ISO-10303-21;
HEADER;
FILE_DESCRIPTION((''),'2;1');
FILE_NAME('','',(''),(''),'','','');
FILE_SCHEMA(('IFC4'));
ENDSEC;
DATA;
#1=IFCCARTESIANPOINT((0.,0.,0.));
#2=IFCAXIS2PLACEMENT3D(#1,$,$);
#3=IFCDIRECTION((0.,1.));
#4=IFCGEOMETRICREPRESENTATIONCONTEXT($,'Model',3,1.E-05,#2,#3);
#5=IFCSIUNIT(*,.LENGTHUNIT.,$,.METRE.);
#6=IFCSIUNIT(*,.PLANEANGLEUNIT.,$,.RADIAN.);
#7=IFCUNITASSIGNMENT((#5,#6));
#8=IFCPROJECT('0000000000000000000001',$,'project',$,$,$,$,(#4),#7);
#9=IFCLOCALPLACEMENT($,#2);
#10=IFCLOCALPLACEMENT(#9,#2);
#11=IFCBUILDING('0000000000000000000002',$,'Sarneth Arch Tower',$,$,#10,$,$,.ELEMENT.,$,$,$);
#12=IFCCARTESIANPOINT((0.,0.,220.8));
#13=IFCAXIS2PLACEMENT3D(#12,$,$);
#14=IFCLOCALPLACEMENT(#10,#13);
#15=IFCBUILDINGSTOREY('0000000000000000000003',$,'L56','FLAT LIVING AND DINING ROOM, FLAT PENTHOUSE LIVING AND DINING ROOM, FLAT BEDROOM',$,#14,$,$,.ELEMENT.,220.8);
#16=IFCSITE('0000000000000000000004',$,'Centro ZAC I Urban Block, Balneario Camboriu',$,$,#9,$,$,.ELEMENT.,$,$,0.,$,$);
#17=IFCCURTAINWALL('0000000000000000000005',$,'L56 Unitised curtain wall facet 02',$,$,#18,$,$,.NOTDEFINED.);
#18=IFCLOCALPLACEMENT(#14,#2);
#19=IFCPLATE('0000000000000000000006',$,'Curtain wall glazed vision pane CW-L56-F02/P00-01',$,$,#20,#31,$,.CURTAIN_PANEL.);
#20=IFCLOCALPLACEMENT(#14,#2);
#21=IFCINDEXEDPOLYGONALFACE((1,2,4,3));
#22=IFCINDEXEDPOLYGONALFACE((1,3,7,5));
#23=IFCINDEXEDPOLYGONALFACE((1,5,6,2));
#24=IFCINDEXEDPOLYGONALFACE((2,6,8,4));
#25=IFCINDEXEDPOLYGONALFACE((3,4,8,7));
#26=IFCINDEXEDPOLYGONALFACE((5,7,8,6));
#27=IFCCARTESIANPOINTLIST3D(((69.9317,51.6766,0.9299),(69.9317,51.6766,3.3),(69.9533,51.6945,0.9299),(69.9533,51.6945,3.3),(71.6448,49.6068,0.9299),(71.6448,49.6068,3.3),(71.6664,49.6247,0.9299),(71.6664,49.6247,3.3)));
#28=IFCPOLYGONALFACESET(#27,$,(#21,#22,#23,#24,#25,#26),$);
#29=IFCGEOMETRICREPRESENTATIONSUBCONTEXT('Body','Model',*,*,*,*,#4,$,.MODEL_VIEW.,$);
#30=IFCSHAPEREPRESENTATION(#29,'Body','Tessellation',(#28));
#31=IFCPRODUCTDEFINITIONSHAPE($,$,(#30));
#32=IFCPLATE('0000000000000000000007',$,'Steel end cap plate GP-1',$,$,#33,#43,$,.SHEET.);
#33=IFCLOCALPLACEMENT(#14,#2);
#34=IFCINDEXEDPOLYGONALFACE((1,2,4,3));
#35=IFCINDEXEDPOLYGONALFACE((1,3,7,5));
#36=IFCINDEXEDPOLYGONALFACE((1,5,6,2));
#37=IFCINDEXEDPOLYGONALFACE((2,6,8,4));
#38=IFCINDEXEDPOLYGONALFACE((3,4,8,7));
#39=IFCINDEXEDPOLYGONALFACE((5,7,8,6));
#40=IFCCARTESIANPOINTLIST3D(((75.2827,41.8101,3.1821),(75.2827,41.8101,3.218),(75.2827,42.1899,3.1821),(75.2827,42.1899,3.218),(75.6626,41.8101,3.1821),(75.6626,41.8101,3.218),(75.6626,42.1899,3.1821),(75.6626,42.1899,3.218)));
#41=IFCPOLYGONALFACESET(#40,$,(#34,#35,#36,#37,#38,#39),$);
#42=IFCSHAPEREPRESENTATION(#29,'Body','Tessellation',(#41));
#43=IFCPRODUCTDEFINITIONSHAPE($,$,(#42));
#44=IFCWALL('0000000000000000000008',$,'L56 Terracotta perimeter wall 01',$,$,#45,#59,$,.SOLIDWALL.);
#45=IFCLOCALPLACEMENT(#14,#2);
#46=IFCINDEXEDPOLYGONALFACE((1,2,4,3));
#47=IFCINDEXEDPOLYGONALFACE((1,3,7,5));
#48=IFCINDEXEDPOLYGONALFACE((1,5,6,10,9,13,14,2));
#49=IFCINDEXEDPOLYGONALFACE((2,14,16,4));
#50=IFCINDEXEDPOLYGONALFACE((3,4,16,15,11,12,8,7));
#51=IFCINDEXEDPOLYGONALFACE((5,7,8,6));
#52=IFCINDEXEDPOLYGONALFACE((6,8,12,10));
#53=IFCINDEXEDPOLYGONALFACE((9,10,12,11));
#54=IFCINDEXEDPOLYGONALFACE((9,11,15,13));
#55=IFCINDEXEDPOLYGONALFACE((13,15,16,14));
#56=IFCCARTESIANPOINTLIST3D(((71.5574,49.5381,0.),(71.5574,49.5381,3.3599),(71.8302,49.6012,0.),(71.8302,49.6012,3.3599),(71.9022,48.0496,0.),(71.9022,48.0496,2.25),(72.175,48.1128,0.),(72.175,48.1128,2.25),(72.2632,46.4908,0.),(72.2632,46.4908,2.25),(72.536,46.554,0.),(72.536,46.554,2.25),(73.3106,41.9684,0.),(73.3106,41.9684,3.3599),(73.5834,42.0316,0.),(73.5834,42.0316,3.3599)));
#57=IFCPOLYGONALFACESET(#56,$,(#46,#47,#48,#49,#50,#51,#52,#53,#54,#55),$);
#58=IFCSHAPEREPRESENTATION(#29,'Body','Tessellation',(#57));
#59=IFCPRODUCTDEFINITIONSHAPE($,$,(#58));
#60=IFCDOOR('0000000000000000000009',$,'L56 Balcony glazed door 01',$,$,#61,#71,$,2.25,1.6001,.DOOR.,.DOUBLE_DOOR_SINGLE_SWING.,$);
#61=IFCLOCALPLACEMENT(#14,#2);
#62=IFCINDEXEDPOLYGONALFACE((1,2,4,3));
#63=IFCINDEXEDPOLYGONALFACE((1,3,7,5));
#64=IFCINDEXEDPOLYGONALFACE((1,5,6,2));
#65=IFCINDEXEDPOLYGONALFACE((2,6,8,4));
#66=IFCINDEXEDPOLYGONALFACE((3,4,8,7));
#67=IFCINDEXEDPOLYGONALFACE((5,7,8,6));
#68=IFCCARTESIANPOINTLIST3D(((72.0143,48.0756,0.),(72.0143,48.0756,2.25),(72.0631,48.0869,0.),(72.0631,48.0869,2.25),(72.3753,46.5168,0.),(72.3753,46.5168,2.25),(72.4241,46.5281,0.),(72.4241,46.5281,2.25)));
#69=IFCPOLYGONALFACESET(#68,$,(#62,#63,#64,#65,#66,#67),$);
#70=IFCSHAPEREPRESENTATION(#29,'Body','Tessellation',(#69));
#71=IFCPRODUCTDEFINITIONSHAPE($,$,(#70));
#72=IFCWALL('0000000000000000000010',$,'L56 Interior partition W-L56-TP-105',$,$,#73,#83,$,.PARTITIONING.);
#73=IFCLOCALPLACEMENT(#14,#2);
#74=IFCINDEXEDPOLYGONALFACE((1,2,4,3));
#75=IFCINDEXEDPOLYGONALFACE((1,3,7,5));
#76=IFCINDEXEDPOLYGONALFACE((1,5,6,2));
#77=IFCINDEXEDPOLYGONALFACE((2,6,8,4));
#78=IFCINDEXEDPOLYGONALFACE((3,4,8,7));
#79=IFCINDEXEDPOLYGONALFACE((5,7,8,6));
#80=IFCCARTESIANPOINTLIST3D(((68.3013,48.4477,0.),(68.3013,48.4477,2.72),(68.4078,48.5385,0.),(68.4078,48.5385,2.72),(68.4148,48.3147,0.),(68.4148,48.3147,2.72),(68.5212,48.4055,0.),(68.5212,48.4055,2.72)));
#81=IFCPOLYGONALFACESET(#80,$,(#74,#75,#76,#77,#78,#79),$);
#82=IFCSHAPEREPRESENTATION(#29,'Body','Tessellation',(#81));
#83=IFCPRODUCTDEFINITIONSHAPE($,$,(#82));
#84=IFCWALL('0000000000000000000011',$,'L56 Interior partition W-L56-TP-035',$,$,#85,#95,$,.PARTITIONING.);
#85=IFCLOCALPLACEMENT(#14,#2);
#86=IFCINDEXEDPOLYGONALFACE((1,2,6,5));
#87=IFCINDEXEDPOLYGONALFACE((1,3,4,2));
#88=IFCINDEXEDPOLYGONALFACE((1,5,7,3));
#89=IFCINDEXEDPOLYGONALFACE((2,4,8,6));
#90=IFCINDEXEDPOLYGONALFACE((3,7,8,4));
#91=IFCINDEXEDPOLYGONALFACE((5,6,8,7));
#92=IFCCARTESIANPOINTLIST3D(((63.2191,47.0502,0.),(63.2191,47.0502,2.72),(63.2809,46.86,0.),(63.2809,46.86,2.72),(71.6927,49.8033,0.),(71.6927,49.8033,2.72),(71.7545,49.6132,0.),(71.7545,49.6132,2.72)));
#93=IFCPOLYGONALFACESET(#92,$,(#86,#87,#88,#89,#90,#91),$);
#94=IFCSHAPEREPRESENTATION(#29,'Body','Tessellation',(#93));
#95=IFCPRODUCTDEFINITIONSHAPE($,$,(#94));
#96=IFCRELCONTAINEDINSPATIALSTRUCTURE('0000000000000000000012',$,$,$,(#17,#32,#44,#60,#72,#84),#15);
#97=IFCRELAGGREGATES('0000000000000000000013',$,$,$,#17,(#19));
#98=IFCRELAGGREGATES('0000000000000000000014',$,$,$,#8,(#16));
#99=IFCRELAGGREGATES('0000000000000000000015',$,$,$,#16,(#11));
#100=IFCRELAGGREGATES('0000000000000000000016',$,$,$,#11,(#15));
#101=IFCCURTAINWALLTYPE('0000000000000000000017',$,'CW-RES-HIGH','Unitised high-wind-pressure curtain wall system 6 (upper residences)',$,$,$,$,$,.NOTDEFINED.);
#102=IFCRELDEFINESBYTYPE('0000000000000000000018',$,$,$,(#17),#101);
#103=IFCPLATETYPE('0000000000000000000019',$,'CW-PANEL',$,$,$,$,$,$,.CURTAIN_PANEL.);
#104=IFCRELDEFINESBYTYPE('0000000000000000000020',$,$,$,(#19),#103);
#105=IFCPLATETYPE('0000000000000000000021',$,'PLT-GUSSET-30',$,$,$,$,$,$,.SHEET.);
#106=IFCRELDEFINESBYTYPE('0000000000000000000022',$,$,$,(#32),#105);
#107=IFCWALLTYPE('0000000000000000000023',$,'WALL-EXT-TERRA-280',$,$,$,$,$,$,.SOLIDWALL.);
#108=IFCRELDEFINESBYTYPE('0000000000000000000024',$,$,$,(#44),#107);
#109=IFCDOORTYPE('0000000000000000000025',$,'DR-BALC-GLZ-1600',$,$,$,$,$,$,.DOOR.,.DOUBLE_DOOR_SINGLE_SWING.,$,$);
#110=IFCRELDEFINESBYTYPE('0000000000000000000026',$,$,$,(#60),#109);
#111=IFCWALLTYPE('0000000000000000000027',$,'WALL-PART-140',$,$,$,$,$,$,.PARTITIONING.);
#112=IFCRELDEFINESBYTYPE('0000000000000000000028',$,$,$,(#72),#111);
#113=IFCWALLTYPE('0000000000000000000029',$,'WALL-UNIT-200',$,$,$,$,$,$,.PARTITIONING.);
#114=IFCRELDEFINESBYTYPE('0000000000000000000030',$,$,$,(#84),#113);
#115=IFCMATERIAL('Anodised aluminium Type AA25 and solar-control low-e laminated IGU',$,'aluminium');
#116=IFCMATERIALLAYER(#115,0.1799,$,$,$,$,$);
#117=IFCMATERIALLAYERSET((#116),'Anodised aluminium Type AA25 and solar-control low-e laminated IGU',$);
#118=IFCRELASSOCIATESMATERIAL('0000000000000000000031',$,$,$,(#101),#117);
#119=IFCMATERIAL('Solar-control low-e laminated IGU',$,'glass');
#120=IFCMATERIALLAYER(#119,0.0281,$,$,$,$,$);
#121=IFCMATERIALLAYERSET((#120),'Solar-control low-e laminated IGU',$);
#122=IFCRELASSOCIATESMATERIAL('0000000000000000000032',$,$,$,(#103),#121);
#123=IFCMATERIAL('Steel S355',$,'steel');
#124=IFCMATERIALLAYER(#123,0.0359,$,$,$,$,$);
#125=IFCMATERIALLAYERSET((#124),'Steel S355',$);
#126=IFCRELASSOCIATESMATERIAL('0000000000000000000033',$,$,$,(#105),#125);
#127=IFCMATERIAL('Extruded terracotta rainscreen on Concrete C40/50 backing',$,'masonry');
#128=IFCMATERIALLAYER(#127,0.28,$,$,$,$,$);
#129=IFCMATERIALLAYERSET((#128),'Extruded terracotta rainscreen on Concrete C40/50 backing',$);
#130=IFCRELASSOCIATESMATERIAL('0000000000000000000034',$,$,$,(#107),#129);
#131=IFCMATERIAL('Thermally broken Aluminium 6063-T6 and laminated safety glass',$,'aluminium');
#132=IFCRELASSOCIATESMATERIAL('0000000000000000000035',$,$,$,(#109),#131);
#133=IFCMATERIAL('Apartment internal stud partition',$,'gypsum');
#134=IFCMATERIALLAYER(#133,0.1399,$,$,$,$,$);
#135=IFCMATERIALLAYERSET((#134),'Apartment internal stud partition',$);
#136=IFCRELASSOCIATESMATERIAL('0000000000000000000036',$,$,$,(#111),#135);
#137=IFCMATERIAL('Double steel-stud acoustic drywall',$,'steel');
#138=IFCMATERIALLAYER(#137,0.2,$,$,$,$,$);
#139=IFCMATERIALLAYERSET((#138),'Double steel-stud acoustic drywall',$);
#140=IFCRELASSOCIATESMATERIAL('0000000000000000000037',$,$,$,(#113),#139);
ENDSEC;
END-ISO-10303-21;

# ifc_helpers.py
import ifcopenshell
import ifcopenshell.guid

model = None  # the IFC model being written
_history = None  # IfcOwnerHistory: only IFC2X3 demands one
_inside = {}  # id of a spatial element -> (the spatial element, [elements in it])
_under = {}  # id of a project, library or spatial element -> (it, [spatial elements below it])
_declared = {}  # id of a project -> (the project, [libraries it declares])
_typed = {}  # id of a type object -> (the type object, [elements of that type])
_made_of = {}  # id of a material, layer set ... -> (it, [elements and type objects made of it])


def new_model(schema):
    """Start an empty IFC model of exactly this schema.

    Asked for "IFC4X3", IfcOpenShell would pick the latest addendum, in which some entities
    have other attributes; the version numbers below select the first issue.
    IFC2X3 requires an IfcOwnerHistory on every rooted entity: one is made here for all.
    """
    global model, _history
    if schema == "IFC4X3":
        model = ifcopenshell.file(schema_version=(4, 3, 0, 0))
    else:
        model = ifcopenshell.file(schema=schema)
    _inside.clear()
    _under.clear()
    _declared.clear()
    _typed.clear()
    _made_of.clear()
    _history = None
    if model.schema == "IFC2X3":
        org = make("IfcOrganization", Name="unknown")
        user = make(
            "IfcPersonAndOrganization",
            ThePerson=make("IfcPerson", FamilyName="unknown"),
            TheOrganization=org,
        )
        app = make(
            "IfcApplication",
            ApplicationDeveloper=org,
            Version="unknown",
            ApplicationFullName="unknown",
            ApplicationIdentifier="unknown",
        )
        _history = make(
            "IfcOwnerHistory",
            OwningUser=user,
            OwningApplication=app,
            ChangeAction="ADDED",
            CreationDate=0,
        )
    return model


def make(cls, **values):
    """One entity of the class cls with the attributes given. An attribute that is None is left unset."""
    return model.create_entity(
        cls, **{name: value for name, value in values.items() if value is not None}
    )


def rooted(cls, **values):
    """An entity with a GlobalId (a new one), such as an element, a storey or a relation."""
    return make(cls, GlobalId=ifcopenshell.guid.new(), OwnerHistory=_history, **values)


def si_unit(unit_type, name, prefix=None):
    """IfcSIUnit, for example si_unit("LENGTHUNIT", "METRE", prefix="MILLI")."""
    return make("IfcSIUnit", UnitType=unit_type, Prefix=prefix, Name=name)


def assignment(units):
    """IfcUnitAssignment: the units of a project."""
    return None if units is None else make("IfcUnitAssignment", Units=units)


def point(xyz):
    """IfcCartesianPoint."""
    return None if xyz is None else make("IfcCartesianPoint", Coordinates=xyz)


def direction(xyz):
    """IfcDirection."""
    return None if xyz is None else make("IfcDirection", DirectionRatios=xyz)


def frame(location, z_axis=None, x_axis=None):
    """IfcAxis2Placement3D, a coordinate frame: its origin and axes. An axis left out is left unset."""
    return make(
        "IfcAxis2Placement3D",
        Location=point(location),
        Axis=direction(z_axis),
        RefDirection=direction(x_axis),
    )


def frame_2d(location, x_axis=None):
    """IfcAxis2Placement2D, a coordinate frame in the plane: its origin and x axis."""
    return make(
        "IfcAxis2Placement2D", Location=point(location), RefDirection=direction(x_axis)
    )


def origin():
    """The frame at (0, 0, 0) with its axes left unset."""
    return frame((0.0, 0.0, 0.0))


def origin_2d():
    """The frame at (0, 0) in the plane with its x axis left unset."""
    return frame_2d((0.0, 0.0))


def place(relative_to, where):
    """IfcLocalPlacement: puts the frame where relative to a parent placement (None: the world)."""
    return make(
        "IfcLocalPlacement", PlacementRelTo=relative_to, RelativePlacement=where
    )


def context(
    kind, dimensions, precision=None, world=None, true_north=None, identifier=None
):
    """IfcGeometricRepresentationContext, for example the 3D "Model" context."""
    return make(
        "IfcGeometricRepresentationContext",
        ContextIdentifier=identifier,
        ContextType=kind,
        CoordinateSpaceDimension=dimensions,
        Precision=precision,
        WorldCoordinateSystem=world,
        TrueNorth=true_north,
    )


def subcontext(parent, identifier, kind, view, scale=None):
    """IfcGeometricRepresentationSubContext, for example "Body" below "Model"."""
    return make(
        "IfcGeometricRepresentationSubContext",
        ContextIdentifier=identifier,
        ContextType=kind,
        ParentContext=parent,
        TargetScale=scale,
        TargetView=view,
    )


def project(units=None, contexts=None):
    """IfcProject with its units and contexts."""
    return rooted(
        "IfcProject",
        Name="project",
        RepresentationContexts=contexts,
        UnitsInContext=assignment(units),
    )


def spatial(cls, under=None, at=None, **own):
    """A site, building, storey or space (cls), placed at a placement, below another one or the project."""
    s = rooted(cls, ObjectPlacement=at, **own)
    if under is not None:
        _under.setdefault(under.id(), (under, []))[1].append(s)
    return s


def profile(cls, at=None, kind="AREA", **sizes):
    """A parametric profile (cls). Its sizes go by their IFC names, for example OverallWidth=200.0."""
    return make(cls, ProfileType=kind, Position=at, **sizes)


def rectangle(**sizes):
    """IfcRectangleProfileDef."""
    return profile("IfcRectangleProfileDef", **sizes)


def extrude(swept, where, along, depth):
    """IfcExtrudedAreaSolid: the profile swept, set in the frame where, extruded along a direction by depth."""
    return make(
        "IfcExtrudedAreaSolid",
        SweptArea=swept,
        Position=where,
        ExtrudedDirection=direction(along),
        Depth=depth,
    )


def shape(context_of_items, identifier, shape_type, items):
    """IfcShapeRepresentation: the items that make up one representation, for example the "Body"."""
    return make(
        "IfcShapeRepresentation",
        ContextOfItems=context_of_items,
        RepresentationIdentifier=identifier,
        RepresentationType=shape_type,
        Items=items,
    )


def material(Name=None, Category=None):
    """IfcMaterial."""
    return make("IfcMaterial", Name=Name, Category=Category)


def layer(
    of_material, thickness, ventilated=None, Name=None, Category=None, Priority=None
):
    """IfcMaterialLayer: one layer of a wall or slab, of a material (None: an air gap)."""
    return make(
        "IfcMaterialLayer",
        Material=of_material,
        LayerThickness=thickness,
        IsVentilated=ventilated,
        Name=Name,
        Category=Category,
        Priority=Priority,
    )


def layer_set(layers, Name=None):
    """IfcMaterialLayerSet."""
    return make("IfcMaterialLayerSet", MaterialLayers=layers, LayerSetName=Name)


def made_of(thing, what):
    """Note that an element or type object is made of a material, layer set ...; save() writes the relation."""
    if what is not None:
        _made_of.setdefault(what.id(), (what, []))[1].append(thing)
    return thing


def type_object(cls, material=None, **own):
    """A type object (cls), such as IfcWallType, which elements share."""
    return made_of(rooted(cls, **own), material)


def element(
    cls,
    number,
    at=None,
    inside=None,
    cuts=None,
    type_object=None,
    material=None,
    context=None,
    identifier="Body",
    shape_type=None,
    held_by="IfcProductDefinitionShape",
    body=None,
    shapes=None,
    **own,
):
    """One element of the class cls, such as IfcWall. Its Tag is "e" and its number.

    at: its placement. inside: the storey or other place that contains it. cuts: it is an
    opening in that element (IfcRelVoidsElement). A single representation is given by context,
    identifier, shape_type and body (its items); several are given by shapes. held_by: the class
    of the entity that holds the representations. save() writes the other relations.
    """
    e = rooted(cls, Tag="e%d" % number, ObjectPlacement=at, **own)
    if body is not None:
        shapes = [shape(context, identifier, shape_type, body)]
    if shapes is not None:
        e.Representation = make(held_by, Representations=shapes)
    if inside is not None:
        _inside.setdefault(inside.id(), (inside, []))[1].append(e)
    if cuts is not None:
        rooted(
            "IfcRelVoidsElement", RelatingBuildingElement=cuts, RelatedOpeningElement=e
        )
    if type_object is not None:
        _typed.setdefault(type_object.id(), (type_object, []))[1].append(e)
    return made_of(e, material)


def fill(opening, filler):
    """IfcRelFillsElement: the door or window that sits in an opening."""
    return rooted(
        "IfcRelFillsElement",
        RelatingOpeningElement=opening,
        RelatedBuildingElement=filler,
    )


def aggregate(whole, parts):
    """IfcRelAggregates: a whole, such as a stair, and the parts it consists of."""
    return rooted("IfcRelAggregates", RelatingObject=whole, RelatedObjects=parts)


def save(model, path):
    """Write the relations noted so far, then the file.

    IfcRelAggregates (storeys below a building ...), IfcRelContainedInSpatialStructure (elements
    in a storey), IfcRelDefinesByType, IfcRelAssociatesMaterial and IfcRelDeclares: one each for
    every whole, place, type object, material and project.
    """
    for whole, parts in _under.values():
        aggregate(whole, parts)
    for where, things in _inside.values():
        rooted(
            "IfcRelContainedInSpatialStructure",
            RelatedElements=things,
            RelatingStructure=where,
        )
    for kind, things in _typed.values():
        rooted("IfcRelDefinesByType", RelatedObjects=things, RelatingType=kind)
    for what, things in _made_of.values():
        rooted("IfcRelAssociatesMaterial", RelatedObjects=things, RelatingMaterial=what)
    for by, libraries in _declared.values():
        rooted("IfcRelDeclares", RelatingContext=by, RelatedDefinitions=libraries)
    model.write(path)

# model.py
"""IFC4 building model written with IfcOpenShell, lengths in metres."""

from ifc_helpers import new_model, si_unit, direction, frame, frame_2d, origin, origin_2d, place, context, subcontext, project, spatial, rectangle, extrude, material, layer, layer_set, type_object, element, fill, aggregate, save


model = new_model("IFC4")

# Units and contexts
model_context = context("Model", 3, precision=1e-05, world=origin(), true_north=direction((0.0, 1.0)))
body_context = subcontext(model_context, "Body", "Model", "MODEL_VIEW")
ifc_project = project(units=[si_unit("LENGTHUNIT", "METRE"), si_unit("PLANEANGLEUNIT", "RADIAN")], contexts=[model_context])

# Site, building, storey
site_placement = place(None, origin())
site = spatial("IfcSite", under=ifc_project, at=site_placement, Name="Centro ZAC I Urban Block, Balneario Camboriu", CompositionType="ELEMENT", RefElevation=0.0)
building_placement = place(site_placement, origin())
building = spatial("IfcBuilding", under=site, at=building_placement, Name="Sarneth Arch Tower", CompositionType="ELEMENT")
storey_placement = place(building_placement, frame((0.0, 0.0, 220.8)))
storey = spatial("IfcBuildingStorey", under=building, at=storey_placement, Name="L56", Description="FLAT LIVING AND DINING ROOM, FLAT PENTHOUSE LIVING AND DINING ROOM, FLAT BEDROOM", CompositionType="ELEMENT", Elevation=220.8)

# Curtain wall
ifc_material_1 = material(Name="Anodised aluminium Type AA25 and solar-control low-e laminated IGU", Category="aluminium")
ifc_layer_1 = layer(ifc_material_1, 0.1799)
ifc_layer_set_1 = layer_set([ifc_layer_1], Name="Anodised aluminium Type AA25 and solar-control low-e laminated IGU")
curtain_wall_type = type_object("IfcCurtainWallType", Name="CW-RES-HIGH", Description="Unitised high-wind-pressure curtain wall system 6 (upper residences)", PredefinedType="NOTDEFINED", material=ifc_layer_set_1)
curtain_wall_placement = place(storey_placement, origin())
curtain_wall = element("IfcCurtainWall", 1, at=curtain_wall_placement, inside=storey, type_object=curtain_wall_type, Name="L56 Unitised curtain wall facet 02", PredefinedType="NOTDEFINED")

# Plates
ifc_material_2 = material(Name="Solar-control low-e laminated IGU", Category="glass")
ifc_layer_2 = layer(ifc_material_2, 0.0281)
ifc_layer_set_2 = layer_set([ifc_layer_2], Name="Solar-control low-e laminated IGU")
plate_type_1 = type_object("IfcPlateType", Name="CW-PANEL", PredefinedType="CURTAIN_PANEL", material=ifc_layer_set_2)
plate_1_placement = place(storey_placement, frame((70.7991, 50.6506, 0.9299), z_axis=(0.0, 0.0, 1.0), x_axis=(-0.63761, 0.770359, 0.0)))
plate_1 = element("IfcPlate", 2, at=plate_1_placement, type_object=plate_type_1, Name="Curtain wall glazed vision pane CW-L56-F02/P00-01", PredefinedType="CURTAIN_PANEL", context=body_context, shape_type="SweptSolid", body=[
    extrude(rectangle(XDim=2.6868, YDim=0.0281, at=origin_2d()), origin(), (0.0, 0.0, 1.0), 2.3701),
])
aggregate(curtain_wall, [plate_1])
ifc_material_3 = material(Name="Steel S355", Category="steel")
ifc_layer_3 = layer(ifc_material_3, 0.0359)
ifc_layer_set_3 = layer_set([ifc_layer_3], Name="Steel S355")
plate_type_2 = type_object("IfcPlateType", Name="PLT-GUSSET-30", PredefinedType="SHEET", material=ifc_layer_set_3)
plate_2_placement = place(storey_placement, frame((75.4727, 42.0, 3.1821), z_axis=(0.0, 0.0, 1.0), x_axis=(1.0, 0.0, 0.0)))
element("IfcPlate", 3, at=plate_2_placement, inside=storey, type_object=plate_type_2, Name="Steel end cap plate GP-1", PredefinedType="SHEET", context=body_context, shape_type="SweptSolid", body=[
    extrude(rectangle(XDim=0.3799, YDim=0.3799, at=origin_2d()), origin(), (0.0, 0.0, 1.0), 0.0359),
])

# Wall, opening, door
ifc_material_4 = material(Name="Extruded terracotta rainscreen on Concrete C40/50 backing", Category="masonry")
ifc_layer_4 = layer(ifc_material_4, 0.28)
ifc_layer_set_4 = layer_set([ifc_layer_4], Name="Extruded terracotta rainscreen on Concrete C40/50 backing")
wall_type_1 = type_object("IfcWallType", Name="WALL-EXT-TERRA-280", PredefinedType="SOLIDWALL", material=ifc_layer_set_4)
wall_1_placement = place(storey_placement, frame((73.447, 42.0, 0.0), z_axis=(0.0, 0.0, 1.0), x_axis=(-0.225635, 0.974212, 0.0)))
wall_1 = element("IfcWall", 4, at=wall_1_placement, inside=storey, type_object=wall_type_1, Name="L56 Terracotta perimeter wall 01", PredefinedType="SOLIDWALL", context=body_context, shape_type="SweptSolid", body=[
    extrude(rectangle(XDim=7.77, YDim=0.28, at=frame_2d((3.885, 0.0))), origin(), (0.0, 0.0, 1.0), 3.3599),
])
opening_placement = place(wall_1_placement, frame((4.6421, 0.0, 0.0)))
opening = element("IfcOpeningElement", 5, at=opening_placement, cuts=wall_1, PredefinedType="OPENING", context=body_context, shape_type="SweptSolid", body=[
    extrude(rectangle(XDim=1.6001, YDim=2.25, at=frame_2d((0.8, 1.125))), frame((0.0, 0.1499, 0.0), z_axis=(0.0, -1.0, 0.0), x_axis=(1.0, 0.0, 0.0)), (0.0, 0.0, 1.0), 0.3),
])
ifc_material_5 = material(Name="Thermally broken Aluminium 6063-T6 and laminated safety glass", Category="aluminium")
door_type = type_object("IfcDoorType", Name="DR-BALC-GLZ-1600", OperationType="DOUBLE_DOOR_SINGLE_SWING", PredefinedType="DOOR", material=ifc_material_5)
door_placement = place(opening_placement, origin())
door = element("IfcDoor", 6, at=door_placement, inside=storey, type_object=door_type, Name="L56 Balcony glazed door 01", OperationType="DOUBLE_DOOR_SINGLE_SWING", OverallHeight=2.25, OverallWidth=1.6001, PredefinedType="DOOR", context=body_context, shape_type="SweptSolid", body=[
    extrude(rectangle(XDim=1.6001, YDim=2.25, at=frame_2d((0.8, 1.125))), frame((0.0, 0.0249, 0.0), z_axis=(0.0, -1.0, 0.0), x_axis=(1.0, 0.0, 0.0)), (0.0, 0.0, 1.0), 0.05),
])
fill(opening, door)

# Walls
ifc_material_6 = material(Name="Apartment internal stud partition", Category="gypsum")
ifc_layer_5 = layer(ifc_material_6, 0.1399)
ifc_layer_set_5 = layer_set([ifc_layer_5], Name="Apartment internal stud partition")
wall_type_2 = type_object("IfcWallType", Name="WALL-PART-140", PredefinedType="PARTITIONING", material=ifc_layer_set_5)
wall_2_placement = place(storey_placement, frame((68.468, 48.3601, 0.0), z_axis=(0.0, 0.0, 1.0), x_axis=(-0.649065, 0.760733, 0.0)))
element("IfcWall", 7, at=wall_2_placement, inside=storey, type_object=wall_type_2, Name="L56 Interior partition W-L56-TP-105", PredefinedType="PARTITIONING", context=body_context, shape_type="SweptSolid", body=[
    extrude(rectangle(XDim=0.1748, YDim=0.1399, at=frame_2d((0.0874, 0.0))), origin(), (0.0, 0.0, 1.0), 2.72),
])
ifc_material_7 = material(Name="Double steel-stud acoustic drywall", Category="steel")
ifc_layer_6 = layer(ifc_material_7, 0.2)
ifc_layer_set_6 = layer_set([ifc_layer_6], Name="Double steel-stud acoustic drywall")
wall_type_3 = type_object("IfcWallType", Name="WALL-UNIT-200", PredefinedType="PARTITIONING", material=ifc_layer_set_6)
wall_3_placement = place(storey_placement, frame((63.25, 46.9551, 0.0), z_axis=(0.0, 0.0, 1.0), x_axis=(0.951059, 0.309009, 0.0)))
element("IfcWall", 8, at=wall_3_placement, inside=storey, type_object=wall_type_3, Name="L56 Interior partition W-L56-TP-035", PredefinedType="PARTITIONING", context=body_context, shape_type="SweptSolid", body=[
    extrude(rectangle(XDim=8.9097, YDim=0.2, at=frame_2d((4.4548, 0.0))), origin(), (0.0, 0.0, 1.0), 2.72),
])

save(model, "model.ifc")
